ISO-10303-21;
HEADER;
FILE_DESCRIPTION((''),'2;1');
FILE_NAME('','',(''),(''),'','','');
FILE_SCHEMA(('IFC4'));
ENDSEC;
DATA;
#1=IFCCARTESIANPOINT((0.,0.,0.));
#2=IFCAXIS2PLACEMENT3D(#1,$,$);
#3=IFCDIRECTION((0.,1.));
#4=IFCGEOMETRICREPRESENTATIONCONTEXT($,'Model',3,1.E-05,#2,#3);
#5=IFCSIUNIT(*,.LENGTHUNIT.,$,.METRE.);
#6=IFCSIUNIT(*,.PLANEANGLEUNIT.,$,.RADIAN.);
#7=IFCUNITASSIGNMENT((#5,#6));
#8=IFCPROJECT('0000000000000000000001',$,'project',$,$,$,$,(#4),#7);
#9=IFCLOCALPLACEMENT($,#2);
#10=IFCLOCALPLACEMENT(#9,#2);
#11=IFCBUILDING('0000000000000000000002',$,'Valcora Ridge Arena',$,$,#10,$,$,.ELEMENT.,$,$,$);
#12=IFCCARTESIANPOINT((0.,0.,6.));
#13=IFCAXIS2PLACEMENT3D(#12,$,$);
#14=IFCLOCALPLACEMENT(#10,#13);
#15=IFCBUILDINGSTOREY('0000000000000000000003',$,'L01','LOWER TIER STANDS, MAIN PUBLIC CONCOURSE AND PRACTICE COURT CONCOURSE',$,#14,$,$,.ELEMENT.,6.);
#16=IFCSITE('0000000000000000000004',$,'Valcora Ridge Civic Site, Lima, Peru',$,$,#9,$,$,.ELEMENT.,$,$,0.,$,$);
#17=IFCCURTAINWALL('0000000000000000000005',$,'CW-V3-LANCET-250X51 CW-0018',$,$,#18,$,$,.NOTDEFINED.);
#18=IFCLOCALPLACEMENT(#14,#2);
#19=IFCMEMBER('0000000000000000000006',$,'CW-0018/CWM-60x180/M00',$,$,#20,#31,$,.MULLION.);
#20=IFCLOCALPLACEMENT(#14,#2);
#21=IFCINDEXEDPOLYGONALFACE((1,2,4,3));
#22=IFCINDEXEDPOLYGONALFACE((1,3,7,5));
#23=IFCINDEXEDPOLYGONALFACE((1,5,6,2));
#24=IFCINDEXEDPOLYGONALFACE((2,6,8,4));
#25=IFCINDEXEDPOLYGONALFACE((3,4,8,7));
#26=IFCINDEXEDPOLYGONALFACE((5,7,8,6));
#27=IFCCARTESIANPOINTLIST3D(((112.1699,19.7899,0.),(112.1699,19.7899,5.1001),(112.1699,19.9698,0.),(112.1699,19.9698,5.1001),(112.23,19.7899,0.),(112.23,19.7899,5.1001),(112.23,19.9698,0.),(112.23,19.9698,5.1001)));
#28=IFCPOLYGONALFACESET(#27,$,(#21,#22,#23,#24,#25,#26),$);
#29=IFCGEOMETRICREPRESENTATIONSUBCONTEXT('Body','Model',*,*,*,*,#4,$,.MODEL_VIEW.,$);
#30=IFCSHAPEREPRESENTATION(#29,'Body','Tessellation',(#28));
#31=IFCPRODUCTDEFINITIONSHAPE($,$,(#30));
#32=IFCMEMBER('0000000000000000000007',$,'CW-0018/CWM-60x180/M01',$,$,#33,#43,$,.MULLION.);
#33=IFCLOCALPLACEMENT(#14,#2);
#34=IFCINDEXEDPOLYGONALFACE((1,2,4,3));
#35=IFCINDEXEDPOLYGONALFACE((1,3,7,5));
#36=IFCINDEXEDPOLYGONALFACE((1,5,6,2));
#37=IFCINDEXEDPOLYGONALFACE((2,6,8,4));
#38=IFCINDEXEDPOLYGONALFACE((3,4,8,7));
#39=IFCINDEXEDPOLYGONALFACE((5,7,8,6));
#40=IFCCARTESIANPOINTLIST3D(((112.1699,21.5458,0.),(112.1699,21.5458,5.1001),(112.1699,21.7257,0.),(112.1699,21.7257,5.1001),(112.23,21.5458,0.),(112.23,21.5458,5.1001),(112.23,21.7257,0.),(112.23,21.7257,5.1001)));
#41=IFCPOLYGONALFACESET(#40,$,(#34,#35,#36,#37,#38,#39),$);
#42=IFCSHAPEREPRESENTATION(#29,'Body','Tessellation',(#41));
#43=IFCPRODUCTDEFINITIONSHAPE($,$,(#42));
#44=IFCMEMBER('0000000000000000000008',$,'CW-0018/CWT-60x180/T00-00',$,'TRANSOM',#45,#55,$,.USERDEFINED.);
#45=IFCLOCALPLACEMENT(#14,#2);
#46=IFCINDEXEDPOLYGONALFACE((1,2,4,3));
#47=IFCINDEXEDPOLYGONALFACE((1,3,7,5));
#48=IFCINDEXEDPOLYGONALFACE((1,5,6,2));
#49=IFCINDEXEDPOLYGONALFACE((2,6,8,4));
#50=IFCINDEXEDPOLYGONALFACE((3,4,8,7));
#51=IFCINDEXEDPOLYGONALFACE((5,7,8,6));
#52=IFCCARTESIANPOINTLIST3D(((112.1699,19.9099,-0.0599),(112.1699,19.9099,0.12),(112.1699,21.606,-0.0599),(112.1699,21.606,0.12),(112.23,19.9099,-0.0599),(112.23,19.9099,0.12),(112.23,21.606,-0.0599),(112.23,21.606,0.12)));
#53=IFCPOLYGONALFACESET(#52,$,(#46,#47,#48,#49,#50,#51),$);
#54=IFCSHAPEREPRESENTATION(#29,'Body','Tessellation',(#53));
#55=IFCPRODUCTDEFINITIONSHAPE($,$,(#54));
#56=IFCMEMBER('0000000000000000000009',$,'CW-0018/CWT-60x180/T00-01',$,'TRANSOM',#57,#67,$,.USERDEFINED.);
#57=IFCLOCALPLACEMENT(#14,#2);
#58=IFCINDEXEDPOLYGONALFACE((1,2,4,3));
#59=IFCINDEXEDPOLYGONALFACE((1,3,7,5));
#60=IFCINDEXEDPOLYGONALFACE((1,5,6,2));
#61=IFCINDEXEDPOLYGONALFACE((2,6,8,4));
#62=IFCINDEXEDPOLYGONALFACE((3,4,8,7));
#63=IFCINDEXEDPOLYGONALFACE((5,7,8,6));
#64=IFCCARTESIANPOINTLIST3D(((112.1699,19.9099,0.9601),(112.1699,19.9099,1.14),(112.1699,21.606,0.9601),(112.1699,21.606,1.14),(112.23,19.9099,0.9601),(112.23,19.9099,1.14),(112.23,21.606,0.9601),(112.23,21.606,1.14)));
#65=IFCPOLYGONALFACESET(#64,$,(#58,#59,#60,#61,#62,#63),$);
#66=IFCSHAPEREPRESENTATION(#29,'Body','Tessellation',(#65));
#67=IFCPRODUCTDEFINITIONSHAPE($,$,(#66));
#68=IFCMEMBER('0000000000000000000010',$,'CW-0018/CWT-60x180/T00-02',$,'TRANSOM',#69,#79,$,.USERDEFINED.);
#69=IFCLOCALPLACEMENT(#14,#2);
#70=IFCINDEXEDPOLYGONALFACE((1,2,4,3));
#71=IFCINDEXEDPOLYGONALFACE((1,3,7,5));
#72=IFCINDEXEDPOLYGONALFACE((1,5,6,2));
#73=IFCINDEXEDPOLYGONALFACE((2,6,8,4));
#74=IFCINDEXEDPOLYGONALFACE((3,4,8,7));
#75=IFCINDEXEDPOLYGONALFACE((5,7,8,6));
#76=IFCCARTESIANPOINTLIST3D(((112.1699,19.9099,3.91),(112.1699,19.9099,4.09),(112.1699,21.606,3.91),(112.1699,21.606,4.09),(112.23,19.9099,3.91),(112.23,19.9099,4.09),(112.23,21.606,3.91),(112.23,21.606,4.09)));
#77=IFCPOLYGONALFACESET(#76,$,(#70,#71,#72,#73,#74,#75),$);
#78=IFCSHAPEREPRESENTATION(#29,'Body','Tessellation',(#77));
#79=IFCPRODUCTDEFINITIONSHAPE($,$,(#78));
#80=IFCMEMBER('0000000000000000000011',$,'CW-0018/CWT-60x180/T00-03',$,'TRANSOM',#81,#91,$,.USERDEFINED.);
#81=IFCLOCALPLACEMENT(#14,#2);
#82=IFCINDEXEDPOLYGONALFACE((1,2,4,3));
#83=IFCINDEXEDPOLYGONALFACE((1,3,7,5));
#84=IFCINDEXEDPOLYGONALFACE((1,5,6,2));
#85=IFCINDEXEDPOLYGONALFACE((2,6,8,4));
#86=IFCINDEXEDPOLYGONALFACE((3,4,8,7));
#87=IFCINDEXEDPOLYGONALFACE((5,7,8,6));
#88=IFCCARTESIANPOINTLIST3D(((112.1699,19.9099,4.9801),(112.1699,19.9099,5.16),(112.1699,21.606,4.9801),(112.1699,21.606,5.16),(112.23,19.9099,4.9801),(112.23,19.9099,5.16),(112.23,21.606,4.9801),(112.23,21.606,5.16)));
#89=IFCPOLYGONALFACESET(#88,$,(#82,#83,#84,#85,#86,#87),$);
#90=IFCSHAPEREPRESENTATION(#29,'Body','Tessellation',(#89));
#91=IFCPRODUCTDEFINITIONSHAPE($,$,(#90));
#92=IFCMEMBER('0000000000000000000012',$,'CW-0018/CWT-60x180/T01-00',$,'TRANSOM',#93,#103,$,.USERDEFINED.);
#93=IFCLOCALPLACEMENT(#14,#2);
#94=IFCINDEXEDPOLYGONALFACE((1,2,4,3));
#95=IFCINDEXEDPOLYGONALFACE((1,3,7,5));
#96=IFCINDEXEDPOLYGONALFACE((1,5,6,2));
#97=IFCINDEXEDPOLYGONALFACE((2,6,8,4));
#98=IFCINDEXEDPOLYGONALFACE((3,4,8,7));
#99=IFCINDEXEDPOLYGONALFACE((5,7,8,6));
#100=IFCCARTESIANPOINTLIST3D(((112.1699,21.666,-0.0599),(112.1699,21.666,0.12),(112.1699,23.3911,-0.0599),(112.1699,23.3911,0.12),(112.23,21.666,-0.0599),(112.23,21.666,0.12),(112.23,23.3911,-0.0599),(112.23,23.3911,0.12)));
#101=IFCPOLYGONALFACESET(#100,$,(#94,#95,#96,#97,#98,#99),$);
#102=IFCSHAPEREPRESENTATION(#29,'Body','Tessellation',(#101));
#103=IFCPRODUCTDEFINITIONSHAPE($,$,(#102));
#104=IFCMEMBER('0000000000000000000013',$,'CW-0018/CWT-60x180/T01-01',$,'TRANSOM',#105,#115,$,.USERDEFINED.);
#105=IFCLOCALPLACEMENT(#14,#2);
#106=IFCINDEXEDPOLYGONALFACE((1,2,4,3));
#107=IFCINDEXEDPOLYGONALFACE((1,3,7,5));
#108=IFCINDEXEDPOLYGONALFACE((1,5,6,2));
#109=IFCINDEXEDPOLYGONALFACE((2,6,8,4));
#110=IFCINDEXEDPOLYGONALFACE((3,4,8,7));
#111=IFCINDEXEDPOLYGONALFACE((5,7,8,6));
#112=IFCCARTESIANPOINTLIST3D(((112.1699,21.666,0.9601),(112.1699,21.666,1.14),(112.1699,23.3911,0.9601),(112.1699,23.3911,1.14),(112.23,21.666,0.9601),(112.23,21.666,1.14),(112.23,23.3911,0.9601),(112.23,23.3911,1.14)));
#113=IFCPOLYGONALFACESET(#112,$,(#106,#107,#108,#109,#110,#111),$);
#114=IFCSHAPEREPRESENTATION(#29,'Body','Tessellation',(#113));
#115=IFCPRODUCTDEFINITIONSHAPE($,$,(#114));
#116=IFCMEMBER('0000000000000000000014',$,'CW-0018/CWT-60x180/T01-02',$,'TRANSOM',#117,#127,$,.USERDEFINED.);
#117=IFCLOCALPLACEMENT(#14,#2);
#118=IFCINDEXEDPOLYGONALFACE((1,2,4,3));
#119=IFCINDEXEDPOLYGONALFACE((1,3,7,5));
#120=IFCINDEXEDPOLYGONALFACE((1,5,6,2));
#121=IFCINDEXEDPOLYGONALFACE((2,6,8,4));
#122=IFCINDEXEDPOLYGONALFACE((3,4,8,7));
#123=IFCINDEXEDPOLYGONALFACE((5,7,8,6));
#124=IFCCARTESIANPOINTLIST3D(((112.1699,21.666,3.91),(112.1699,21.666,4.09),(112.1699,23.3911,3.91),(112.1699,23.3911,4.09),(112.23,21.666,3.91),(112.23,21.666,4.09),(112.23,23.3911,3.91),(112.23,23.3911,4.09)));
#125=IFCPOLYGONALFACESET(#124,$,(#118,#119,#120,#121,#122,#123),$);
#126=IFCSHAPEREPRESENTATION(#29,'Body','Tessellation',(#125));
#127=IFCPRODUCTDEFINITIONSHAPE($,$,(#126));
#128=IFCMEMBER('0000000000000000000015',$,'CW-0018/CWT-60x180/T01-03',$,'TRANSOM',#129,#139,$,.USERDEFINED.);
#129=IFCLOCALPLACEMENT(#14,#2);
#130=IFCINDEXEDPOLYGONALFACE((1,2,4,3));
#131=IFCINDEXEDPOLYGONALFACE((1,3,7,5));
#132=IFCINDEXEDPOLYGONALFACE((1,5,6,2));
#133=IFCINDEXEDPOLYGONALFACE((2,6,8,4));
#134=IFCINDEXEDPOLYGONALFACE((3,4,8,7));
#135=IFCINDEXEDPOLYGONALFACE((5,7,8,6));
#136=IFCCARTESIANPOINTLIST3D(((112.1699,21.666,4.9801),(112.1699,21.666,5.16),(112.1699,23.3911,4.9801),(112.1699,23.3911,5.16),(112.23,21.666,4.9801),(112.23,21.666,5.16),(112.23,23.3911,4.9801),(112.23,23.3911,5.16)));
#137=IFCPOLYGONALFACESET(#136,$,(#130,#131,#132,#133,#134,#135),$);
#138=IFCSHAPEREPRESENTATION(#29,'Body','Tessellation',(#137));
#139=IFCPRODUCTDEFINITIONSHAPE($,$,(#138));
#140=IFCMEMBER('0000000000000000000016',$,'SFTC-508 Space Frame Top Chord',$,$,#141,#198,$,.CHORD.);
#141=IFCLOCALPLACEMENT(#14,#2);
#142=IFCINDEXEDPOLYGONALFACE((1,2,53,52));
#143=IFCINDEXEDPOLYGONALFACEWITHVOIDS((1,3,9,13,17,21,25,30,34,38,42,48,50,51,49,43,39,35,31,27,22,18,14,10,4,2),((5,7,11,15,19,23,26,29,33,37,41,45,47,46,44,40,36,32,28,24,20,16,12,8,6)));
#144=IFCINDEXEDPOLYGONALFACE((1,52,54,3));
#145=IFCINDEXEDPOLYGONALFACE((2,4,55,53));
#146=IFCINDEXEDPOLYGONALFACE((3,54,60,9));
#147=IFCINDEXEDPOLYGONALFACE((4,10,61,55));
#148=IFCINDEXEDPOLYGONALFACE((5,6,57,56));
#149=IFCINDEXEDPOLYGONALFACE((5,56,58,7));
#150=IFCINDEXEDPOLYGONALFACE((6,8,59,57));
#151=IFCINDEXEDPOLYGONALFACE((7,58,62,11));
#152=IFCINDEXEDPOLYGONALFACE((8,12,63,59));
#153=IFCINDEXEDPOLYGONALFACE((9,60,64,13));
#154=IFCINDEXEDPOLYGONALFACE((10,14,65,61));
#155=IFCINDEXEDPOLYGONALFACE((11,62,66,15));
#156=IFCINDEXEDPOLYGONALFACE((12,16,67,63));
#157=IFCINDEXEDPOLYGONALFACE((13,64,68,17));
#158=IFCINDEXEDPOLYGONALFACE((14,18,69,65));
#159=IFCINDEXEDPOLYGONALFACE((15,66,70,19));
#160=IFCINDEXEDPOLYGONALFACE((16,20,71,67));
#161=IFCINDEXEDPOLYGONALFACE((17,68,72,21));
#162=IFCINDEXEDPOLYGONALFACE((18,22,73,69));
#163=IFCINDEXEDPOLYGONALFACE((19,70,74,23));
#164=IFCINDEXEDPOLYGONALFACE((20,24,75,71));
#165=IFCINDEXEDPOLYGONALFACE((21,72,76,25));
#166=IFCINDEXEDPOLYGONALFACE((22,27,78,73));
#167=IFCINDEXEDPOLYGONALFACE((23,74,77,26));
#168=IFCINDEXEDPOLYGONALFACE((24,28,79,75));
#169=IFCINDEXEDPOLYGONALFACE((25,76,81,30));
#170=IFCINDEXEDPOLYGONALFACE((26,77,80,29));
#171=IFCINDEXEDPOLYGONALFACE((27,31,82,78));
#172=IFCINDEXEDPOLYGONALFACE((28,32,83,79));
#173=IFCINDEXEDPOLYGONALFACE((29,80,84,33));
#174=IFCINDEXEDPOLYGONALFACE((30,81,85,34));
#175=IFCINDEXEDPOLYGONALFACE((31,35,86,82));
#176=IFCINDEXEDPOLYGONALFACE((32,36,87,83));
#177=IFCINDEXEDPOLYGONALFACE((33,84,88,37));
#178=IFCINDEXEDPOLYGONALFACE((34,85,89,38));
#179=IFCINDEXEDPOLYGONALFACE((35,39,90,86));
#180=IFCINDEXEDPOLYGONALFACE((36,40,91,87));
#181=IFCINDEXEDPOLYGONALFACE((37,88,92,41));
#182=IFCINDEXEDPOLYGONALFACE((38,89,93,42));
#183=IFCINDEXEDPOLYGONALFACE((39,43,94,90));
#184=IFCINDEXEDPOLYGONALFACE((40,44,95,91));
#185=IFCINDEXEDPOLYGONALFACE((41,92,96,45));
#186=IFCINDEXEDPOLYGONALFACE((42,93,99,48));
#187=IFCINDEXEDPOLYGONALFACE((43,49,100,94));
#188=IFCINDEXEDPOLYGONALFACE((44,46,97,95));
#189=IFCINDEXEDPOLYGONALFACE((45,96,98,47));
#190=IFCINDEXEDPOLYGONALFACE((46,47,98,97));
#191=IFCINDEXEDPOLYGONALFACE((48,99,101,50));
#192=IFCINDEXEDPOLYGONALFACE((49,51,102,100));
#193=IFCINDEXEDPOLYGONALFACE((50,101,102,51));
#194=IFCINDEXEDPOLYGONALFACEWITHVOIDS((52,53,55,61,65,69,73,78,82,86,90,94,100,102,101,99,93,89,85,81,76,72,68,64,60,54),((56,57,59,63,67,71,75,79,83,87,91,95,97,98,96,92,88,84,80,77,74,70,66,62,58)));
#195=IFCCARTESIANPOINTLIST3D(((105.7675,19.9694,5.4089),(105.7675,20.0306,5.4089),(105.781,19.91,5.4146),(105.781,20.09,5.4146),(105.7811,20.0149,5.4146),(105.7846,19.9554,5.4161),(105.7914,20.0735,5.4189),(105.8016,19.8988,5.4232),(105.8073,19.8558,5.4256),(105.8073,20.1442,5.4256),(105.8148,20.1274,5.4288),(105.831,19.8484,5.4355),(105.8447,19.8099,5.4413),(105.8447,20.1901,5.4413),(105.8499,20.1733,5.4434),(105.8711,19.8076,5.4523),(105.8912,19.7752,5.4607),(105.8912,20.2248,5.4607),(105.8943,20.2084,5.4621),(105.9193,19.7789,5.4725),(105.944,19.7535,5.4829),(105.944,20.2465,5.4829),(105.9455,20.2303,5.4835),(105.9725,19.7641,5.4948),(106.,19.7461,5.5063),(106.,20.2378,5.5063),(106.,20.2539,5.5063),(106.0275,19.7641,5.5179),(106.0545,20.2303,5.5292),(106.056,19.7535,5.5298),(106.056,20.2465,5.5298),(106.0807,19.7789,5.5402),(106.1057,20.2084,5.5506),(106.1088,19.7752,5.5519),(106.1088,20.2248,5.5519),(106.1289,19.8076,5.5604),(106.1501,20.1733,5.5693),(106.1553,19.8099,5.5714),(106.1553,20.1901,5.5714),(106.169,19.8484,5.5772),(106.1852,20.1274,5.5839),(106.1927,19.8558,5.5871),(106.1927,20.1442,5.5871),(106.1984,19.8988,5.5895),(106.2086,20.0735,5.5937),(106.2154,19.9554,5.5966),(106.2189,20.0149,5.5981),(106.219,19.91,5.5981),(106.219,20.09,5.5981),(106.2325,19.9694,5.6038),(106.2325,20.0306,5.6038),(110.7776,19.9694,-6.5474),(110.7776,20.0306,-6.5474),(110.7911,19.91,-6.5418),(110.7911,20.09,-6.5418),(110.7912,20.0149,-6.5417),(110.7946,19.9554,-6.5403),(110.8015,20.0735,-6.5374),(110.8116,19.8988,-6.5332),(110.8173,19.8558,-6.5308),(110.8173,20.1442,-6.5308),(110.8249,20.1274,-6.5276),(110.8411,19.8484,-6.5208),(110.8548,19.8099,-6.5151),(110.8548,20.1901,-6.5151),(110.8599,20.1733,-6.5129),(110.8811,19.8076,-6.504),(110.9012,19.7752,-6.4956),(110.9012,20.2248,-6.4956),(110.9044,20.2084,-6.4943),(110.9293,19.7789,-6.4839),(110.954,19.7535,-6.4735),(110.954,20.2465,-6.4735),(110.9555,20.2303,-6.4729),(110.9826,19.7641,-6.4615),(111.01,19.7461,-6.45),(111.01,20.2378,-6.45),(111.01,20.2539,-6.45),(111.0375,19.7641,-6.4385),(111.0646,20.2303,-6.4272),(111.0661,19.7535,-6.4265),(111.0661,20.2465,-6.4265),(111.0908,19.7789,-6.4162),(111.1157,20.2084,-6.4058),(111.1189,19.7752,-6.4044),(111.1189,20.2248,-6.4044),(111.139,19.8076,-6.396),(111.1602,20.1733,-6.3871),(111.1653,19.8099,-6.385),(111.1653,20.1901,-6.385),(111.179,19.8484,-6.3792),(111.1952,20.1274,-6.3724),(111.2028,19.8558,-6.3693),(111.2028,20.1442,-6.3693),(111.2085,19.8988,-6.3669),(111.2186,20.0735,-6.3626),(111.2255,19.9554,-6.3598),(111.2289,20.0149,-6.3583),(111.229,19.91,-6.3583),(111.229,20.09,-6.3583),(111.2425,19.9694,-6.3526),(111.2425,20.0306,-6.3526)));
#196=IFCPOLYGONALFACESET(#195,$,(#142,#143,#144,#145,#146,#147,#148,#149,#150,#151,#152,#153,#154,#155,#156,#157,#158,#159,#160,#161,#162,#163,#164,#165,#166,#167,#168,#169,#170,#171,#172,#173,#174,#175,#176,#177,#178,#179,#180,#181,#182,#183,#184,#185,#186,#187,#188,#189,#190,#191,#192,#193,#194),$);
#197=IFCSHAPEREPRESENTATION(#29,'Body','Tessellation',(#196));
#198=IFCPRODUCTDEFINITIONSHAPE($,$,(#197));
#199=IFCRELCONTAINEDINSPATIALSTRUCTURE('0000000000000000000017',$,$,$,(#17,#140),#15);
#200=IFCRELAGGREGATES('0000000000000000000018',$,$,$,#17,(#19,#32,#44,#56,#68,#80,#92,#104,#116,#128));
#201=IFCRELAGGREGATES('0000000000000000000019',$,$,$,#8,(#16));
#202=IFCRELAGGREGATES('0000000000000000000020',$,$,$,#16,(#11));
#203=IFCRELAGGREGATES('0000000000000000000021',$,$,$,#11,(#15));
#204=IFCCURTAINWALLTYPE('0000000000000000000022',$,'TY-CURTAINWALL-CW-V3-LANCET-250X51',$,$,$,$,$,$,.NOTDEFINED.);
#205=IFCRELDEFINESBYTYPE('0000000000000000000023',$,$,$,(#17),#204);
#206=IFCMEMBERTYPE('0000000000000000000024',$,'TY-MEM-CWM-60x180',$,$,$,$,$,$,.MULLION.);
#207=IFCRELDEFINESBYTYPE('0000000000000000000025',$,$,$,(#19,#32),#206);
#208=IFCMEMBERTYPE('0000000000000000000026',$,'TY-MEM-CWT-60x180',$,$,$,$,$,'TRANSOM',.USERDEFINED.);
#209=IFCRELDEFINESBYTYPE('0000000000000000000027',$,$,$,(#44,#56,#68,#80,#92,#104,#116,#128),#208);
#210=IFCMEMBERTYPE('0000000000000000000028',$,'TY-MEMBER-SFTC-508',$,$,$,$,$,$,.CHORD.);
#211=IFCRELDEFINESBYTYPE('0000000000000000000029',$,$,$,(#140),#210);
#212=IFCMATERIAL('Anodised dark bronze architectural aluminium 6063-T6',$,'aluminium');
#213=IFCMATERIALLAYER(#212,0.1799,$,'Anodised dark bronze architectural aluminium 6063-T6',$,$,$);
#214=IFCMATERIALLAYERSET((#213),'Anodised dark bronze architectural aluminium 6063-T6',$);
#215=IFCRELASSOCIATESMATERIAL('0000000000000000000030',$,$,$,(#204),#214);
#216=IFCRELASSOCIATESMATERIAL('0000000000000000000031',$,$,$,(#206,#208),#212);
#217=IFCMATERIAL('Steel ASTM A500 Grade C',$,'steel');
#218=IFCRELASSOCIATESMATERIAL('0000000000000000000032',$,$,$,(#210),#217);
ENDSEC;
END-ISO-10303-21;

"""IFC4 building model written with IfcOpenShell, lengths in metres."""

from ifc_helpers import new_model, si_unit, direction, frame, origin, origin_2d, place, context, subcontext, project, spatial, rectangle, hollow_circle, extrude, material, layer, layer_set, material_profile, profile_set, type_object, element, aggregate, save


model = new_model("IFC4")

# Units and contexts
model_context = context("Model", 3, precision=1e-05, world=origin(), true_north=direction((0.0, 1.0)))
body_context = subcontext(model_context, "Body", "Model", "MODEL_VIEW")
ifc_project = project(units=[si_unit("LENGTHUNIT", "METRE"), si_unit("PLANEANGLEUNIT", "RADIAN")], contexts=[model_context])

# Site, building, storey
site_placement = place(None, origin())
site = spatial("IfcSite", under=ifc_project, at=site_placement, Name="Valcora Ridge Civic Site, Lima, Peru", CompositionType="ELEMENT", RefElevation=0.0)
building_placement = place(site_placement, origin())
building = spatial("IfcBuilding", under=site, at=building_placement, Name="Valcora Ridge Arena", CompositionType="ELEMENT")
storey_placement = place(building_placement, frame((0.0, 0.0, 6.0)))
storey = spatial("IfcBuildingStorey", under=building, at=storey_placement, Name="L01", Description="LOWER TIER STANDS, MAIN PUBLIC CONCOURSE AND PRACTICE COURT CONCOURSE", CompositionType="ELEMENT", Elevation=6.0)

# Curtain wall, members
ifc_material_1 = material(Name="Anodised dark bronze architectural aluminium 6063-T6", Category="aluminium")
ifc_layer_1 = layer(ifc_material_1, 0.1799, Name="Anodised dark bronze architectural aluminium 6063-T6")
ifc_layer_set_1 = layer_set([ifc_layer_1], Name="Anodised dark bronze architectural aluminium 6063-T6")
curtain_wall_type = type_object("IfcCurtainWallType", Name="TY-CURTAINWALL-CW-V3-LANCET-250X51", PredefinedType="NOTDEFINED", material=ifc_layer_set_1)
curtain_wall_placement = place(storey_placement, origin())
curtain_wall = element("IfcCurtainWall", 1, at=curtain_wall_placement, inside=storey, type_object=curtain_wall_type, Name="CW-V3-LANCET-250X51 CW-0018", PredefinedType="NOTDEFINED")
ifc_material_profile_1 = material_profile(ifc_material_1, rectangle(XDim=0.0601, YDim=0.1799, at=origin_2d()), Name="ALU MULLION 60x180")
ifc_profile_set_1 = profile_set([ifc_material_profile_1], Name="Anodised dark bronze architectural aluminium 6063-T6")
member_type_1 = type_object("IfcMemberType", Name="TY-MEM-CWM-60x180", PredefinedType="MULLION", material=ifc_profile_set_1)
member_1_placement = place(storey_placement, frame((112.2, 19.8799, 0.0), z_axis=(0.0, 0.0, 1.0), x_axis=(-1.0, 0.0, 0.0)))
member_1 = element("IfcMember", 2, at=member_1_placement, type_object=member_type_1, Name="CW-0018/CWM-60x180/M00", PredefinedType="MULLION", context=body_context, shape_type="SweptSolid", body=[
    extrude(rectangle(XDim=0.0601, YDim=0.1799, at=origin_2d()), origin(), (0.0, 0.0, 1.0), 5.1001),
])
member_2_placement = place(storey_placement, frame((112.2, 21.6357, 0.0), z_axis=(0.0, 0.0, 1.0), x_axis=(-1.0, 0.0, 0.0)))
member_2 = element("IfcMember", 3, at=member_2_placement, type_object=member_type_1, Name="CW-0018/CWM-60x180/M01", PredefinedType="MULLION", context=body_context, shape_type="SweptSolid", body=[
    extrude(rectangle(XDim=0.0601, YDim=0.1799, at=origin_2d()), origin(), (0.0, 0.0, 1.0), 5.1001),
])
ifc_material_profile_2 = material_profile(ifc_material_1, rectangle(XDim=0.0601, YDim=0.1799, at=origin_2d()), Name="ALU TRANSOM 60x180")
ifc_profile_set_2 = profile_set([ifc_material_profile_2], Name="Anodised dark bronze architectural aluminium 6063-T6")
member_type_2 = type_object("IfcMemberType", Name="TY-MEM-CWT-60x180", ElementType="TRANSOM", PredefinedType="USERDEFINED", material=ifc_profile_set_2)
member_3_placement = place(storey_placement, frame((112.2, 19.9099, 0.03), z_axis=(0.0, 1.0, 0.0), x_axis=(-1.0, 0.0, 0.0)))
member_3 = element("IfcMember", 4, at=member_3_placement, type_object=member_type_2, Name="CW-0018/CWT-60x180/T00-00", ObjectType="TRANSOM", PredefinedType="USERDEFINED", context=body_context, shape_type="SweptSolid", body=[
    extrude(rectangle(XDim=0.0601, YDim=0.1799, at=origin_2d()), origin(), (0.0, 0.0, 1.0), 1.696),
])
member_4_placement = place(storey_placement, frame((112.2, 19.9099, 1.05), z_axis=(0.0, 1.0, 0.0), x_axis=(-1.0, 0.0, 0.0)))
member_4 = element("IfcMember", 5, at=member_4_placement, type_object=member_type_2, Name="CW-0018/CWT-60x180/T00-01", ObjectType="TRANSOM", PredefinedType="USERDEFINED", context=body_context, shape_type="SweptSolid", body=[
    extrude(rectangle(XDim=0.0601, YDim=0.1799, at=origin_2d()), origin(), (0.0, 0.0, 1.0), 1.696),
])
member_5_placement = place(storey_placement, frame((112.2, 19.9099, 4.0), z_axis=(0.0, 1.0, 0.0), x_axis=(-1.0, 0.0, 0.0)))
member_5 = element("IfcMember", 6, at=member_5_placement, type_object=member_type_2, Name="CW-0018/CWT-60x180/T00-02", ObjectType="TRANSOM", PredefinedType="USERDEFINED", context=body_context, shape_type="SweptSolid", body=[
    extrude(rectangle(XDim=0.0601, YDim=0.1799, at=origin_2d()), origin(), (0.0, 0.0, 1.0), 1.696),
])
member_6_placement = place(storey_placement, frame((112.2, 19.9099, 5.0701), z_axis=(0.0, 1.0, 0.0), x_axis=(-1.0, 0.0, 0.0)))
member_6 = element("IfcMember", 7, at=member_6_placement, type_object=member_type_2, Name="CW-0018/CWT-60x180/T00-03", ObjectType="TRANSOM", PredefinedType="USERDEFINED", context=body_context, shape_type="SweptSolid", body=[
    extrude(rectangle(XDim=0.0601, YDim=0.1799, at=origin_2d()), origin(), (0.0, 0.0, 1.0), 1.696),
])
member_7_placement = place(storey_placement, frame((112.2, 21.666, 0.03), z_axis=(0.0, 1.0, 0.0), x_axis=(-1.0, 0.0, 0.0)))
member_7 = element("IfcMember", 8, at=member_7_placement, type_object=member_type_2, Name="CW-0018/CWT-60x180/T01-00", ObjectType="TRANSOM", PredefinedType="USERDEFINED", context=body_context, shape_type="SweptSolid", body=[
    extrude(rectangle(XDim=0.0601, YDim=0.1799, at=origin_2d()), origin(), (0.0, 0.0, 1.0), 1.7251),
])
member_8_placement = place(storey_placement, frame((112.2, 21.666, 1.05), z_axis=(0.0, 1.0, 0.0), x_axis=(-1.0, 0.0, 0.0)))
member_8 = element("IfcMember", 9, at=member_8_placement, type_object=member_type_2, Name="CW-0018/CWT-60x180/T01-01", ObjectType="TRANSOM", PredefinedType="USERDEFINED", context=body_context, shape_type="SweptSolid", body=[
    extrude(rectangle(XDim=0.0601, YDim=0.1799, at=origin_2d()), origin(), (0.0, 0.0, 1.0), 1.7251),
])
member_9_placement = place(storey_placement, frame((112.2, 21.666, 4.0), z_axis=(0.0, 1.0, 0.0), x_axis=(-1.0, 0.0, 0.0)))
member_9 = element("IfcMember", 10, at=member_9_placement, type_object=member_type_2, Name="CW-0018/CWT-60x180/T01-02", ObjectType="TRANSOM", PredefinedType="USERDEFINED", context=body_context, shape_type="SweptSolid", body=[
    extrude(rectangle(XDim=0.0601, YDim=0.1799, at=origin_2d()), origin(), (0.0, 0.0, 1.0), 1.7251),
])
member_10_placement = place(storey_placement, frame((112.2, 21.666, 5.0701), z_axis=(0.0, 1.0, 0.0), x_axis=(-1.0, 0.0, 0.0)))
member_10 = element("IfcMember", 11, at=member_10_placement, type_object=member_type_2, Name="CW-0018/CWT-60x180/T01-03", ObjectType="TRANSOM", PredefinedType="USERDEFINED", context=body_context, shape_type="SweptSolid", body=[
    extrude(rectangle(XDim=0.0601, YDim=0.1799, at=origin_2d()), origin(), (0.0, 0.0, 1.0), 1.7251),
])

# Member
ifc_material_2 = material(Name="Steel ASTM A500 Grade C", Category="steel")
ifc_material_profile_3 = material_profile(ifc_material_2, hollow_circle(Radius=0.2539, WallThickness=0.0161, at=origin_2d()), Name="CHS508X16")
ifc_profile_set_3 = profile_set([ifc_material_profile_3], Name="Steel ASTM A500 Grade C")
member_type_3 = type_object("IfcMemberType", Name="TY-MEMBER-SFTC-508", PredefinedType="CHORD", material=ifc_profile_set_3)
member_11_placement = place(storey_placement, frame((106.0, 20.0, 5.5063), z_axis=(0.386469, 0.0, -0.922302), x_axis=(0.0, 1.0, 0.0)))
element("IfcMember", 12, at=member_11_placement, inside=storey, type_object=member_type_3, Name="SFTC-508 Space Frame Top Chord", PredefinedType="CHORD", context=body_context, shape_type="SweptSolid", body=[
    extrude(hollow_circle(Radius=0.2539, WallThickness=0.0161, at=origin_2d()), origin(), (0.0, 0.0, 1.0), 12.9636),
])

aggregate(curtain_wall, [member_1, member_2, member_3, member_4, member_5, member_6, member_7, member_8, member_9, member_10])

save(model, "model.ifc")
